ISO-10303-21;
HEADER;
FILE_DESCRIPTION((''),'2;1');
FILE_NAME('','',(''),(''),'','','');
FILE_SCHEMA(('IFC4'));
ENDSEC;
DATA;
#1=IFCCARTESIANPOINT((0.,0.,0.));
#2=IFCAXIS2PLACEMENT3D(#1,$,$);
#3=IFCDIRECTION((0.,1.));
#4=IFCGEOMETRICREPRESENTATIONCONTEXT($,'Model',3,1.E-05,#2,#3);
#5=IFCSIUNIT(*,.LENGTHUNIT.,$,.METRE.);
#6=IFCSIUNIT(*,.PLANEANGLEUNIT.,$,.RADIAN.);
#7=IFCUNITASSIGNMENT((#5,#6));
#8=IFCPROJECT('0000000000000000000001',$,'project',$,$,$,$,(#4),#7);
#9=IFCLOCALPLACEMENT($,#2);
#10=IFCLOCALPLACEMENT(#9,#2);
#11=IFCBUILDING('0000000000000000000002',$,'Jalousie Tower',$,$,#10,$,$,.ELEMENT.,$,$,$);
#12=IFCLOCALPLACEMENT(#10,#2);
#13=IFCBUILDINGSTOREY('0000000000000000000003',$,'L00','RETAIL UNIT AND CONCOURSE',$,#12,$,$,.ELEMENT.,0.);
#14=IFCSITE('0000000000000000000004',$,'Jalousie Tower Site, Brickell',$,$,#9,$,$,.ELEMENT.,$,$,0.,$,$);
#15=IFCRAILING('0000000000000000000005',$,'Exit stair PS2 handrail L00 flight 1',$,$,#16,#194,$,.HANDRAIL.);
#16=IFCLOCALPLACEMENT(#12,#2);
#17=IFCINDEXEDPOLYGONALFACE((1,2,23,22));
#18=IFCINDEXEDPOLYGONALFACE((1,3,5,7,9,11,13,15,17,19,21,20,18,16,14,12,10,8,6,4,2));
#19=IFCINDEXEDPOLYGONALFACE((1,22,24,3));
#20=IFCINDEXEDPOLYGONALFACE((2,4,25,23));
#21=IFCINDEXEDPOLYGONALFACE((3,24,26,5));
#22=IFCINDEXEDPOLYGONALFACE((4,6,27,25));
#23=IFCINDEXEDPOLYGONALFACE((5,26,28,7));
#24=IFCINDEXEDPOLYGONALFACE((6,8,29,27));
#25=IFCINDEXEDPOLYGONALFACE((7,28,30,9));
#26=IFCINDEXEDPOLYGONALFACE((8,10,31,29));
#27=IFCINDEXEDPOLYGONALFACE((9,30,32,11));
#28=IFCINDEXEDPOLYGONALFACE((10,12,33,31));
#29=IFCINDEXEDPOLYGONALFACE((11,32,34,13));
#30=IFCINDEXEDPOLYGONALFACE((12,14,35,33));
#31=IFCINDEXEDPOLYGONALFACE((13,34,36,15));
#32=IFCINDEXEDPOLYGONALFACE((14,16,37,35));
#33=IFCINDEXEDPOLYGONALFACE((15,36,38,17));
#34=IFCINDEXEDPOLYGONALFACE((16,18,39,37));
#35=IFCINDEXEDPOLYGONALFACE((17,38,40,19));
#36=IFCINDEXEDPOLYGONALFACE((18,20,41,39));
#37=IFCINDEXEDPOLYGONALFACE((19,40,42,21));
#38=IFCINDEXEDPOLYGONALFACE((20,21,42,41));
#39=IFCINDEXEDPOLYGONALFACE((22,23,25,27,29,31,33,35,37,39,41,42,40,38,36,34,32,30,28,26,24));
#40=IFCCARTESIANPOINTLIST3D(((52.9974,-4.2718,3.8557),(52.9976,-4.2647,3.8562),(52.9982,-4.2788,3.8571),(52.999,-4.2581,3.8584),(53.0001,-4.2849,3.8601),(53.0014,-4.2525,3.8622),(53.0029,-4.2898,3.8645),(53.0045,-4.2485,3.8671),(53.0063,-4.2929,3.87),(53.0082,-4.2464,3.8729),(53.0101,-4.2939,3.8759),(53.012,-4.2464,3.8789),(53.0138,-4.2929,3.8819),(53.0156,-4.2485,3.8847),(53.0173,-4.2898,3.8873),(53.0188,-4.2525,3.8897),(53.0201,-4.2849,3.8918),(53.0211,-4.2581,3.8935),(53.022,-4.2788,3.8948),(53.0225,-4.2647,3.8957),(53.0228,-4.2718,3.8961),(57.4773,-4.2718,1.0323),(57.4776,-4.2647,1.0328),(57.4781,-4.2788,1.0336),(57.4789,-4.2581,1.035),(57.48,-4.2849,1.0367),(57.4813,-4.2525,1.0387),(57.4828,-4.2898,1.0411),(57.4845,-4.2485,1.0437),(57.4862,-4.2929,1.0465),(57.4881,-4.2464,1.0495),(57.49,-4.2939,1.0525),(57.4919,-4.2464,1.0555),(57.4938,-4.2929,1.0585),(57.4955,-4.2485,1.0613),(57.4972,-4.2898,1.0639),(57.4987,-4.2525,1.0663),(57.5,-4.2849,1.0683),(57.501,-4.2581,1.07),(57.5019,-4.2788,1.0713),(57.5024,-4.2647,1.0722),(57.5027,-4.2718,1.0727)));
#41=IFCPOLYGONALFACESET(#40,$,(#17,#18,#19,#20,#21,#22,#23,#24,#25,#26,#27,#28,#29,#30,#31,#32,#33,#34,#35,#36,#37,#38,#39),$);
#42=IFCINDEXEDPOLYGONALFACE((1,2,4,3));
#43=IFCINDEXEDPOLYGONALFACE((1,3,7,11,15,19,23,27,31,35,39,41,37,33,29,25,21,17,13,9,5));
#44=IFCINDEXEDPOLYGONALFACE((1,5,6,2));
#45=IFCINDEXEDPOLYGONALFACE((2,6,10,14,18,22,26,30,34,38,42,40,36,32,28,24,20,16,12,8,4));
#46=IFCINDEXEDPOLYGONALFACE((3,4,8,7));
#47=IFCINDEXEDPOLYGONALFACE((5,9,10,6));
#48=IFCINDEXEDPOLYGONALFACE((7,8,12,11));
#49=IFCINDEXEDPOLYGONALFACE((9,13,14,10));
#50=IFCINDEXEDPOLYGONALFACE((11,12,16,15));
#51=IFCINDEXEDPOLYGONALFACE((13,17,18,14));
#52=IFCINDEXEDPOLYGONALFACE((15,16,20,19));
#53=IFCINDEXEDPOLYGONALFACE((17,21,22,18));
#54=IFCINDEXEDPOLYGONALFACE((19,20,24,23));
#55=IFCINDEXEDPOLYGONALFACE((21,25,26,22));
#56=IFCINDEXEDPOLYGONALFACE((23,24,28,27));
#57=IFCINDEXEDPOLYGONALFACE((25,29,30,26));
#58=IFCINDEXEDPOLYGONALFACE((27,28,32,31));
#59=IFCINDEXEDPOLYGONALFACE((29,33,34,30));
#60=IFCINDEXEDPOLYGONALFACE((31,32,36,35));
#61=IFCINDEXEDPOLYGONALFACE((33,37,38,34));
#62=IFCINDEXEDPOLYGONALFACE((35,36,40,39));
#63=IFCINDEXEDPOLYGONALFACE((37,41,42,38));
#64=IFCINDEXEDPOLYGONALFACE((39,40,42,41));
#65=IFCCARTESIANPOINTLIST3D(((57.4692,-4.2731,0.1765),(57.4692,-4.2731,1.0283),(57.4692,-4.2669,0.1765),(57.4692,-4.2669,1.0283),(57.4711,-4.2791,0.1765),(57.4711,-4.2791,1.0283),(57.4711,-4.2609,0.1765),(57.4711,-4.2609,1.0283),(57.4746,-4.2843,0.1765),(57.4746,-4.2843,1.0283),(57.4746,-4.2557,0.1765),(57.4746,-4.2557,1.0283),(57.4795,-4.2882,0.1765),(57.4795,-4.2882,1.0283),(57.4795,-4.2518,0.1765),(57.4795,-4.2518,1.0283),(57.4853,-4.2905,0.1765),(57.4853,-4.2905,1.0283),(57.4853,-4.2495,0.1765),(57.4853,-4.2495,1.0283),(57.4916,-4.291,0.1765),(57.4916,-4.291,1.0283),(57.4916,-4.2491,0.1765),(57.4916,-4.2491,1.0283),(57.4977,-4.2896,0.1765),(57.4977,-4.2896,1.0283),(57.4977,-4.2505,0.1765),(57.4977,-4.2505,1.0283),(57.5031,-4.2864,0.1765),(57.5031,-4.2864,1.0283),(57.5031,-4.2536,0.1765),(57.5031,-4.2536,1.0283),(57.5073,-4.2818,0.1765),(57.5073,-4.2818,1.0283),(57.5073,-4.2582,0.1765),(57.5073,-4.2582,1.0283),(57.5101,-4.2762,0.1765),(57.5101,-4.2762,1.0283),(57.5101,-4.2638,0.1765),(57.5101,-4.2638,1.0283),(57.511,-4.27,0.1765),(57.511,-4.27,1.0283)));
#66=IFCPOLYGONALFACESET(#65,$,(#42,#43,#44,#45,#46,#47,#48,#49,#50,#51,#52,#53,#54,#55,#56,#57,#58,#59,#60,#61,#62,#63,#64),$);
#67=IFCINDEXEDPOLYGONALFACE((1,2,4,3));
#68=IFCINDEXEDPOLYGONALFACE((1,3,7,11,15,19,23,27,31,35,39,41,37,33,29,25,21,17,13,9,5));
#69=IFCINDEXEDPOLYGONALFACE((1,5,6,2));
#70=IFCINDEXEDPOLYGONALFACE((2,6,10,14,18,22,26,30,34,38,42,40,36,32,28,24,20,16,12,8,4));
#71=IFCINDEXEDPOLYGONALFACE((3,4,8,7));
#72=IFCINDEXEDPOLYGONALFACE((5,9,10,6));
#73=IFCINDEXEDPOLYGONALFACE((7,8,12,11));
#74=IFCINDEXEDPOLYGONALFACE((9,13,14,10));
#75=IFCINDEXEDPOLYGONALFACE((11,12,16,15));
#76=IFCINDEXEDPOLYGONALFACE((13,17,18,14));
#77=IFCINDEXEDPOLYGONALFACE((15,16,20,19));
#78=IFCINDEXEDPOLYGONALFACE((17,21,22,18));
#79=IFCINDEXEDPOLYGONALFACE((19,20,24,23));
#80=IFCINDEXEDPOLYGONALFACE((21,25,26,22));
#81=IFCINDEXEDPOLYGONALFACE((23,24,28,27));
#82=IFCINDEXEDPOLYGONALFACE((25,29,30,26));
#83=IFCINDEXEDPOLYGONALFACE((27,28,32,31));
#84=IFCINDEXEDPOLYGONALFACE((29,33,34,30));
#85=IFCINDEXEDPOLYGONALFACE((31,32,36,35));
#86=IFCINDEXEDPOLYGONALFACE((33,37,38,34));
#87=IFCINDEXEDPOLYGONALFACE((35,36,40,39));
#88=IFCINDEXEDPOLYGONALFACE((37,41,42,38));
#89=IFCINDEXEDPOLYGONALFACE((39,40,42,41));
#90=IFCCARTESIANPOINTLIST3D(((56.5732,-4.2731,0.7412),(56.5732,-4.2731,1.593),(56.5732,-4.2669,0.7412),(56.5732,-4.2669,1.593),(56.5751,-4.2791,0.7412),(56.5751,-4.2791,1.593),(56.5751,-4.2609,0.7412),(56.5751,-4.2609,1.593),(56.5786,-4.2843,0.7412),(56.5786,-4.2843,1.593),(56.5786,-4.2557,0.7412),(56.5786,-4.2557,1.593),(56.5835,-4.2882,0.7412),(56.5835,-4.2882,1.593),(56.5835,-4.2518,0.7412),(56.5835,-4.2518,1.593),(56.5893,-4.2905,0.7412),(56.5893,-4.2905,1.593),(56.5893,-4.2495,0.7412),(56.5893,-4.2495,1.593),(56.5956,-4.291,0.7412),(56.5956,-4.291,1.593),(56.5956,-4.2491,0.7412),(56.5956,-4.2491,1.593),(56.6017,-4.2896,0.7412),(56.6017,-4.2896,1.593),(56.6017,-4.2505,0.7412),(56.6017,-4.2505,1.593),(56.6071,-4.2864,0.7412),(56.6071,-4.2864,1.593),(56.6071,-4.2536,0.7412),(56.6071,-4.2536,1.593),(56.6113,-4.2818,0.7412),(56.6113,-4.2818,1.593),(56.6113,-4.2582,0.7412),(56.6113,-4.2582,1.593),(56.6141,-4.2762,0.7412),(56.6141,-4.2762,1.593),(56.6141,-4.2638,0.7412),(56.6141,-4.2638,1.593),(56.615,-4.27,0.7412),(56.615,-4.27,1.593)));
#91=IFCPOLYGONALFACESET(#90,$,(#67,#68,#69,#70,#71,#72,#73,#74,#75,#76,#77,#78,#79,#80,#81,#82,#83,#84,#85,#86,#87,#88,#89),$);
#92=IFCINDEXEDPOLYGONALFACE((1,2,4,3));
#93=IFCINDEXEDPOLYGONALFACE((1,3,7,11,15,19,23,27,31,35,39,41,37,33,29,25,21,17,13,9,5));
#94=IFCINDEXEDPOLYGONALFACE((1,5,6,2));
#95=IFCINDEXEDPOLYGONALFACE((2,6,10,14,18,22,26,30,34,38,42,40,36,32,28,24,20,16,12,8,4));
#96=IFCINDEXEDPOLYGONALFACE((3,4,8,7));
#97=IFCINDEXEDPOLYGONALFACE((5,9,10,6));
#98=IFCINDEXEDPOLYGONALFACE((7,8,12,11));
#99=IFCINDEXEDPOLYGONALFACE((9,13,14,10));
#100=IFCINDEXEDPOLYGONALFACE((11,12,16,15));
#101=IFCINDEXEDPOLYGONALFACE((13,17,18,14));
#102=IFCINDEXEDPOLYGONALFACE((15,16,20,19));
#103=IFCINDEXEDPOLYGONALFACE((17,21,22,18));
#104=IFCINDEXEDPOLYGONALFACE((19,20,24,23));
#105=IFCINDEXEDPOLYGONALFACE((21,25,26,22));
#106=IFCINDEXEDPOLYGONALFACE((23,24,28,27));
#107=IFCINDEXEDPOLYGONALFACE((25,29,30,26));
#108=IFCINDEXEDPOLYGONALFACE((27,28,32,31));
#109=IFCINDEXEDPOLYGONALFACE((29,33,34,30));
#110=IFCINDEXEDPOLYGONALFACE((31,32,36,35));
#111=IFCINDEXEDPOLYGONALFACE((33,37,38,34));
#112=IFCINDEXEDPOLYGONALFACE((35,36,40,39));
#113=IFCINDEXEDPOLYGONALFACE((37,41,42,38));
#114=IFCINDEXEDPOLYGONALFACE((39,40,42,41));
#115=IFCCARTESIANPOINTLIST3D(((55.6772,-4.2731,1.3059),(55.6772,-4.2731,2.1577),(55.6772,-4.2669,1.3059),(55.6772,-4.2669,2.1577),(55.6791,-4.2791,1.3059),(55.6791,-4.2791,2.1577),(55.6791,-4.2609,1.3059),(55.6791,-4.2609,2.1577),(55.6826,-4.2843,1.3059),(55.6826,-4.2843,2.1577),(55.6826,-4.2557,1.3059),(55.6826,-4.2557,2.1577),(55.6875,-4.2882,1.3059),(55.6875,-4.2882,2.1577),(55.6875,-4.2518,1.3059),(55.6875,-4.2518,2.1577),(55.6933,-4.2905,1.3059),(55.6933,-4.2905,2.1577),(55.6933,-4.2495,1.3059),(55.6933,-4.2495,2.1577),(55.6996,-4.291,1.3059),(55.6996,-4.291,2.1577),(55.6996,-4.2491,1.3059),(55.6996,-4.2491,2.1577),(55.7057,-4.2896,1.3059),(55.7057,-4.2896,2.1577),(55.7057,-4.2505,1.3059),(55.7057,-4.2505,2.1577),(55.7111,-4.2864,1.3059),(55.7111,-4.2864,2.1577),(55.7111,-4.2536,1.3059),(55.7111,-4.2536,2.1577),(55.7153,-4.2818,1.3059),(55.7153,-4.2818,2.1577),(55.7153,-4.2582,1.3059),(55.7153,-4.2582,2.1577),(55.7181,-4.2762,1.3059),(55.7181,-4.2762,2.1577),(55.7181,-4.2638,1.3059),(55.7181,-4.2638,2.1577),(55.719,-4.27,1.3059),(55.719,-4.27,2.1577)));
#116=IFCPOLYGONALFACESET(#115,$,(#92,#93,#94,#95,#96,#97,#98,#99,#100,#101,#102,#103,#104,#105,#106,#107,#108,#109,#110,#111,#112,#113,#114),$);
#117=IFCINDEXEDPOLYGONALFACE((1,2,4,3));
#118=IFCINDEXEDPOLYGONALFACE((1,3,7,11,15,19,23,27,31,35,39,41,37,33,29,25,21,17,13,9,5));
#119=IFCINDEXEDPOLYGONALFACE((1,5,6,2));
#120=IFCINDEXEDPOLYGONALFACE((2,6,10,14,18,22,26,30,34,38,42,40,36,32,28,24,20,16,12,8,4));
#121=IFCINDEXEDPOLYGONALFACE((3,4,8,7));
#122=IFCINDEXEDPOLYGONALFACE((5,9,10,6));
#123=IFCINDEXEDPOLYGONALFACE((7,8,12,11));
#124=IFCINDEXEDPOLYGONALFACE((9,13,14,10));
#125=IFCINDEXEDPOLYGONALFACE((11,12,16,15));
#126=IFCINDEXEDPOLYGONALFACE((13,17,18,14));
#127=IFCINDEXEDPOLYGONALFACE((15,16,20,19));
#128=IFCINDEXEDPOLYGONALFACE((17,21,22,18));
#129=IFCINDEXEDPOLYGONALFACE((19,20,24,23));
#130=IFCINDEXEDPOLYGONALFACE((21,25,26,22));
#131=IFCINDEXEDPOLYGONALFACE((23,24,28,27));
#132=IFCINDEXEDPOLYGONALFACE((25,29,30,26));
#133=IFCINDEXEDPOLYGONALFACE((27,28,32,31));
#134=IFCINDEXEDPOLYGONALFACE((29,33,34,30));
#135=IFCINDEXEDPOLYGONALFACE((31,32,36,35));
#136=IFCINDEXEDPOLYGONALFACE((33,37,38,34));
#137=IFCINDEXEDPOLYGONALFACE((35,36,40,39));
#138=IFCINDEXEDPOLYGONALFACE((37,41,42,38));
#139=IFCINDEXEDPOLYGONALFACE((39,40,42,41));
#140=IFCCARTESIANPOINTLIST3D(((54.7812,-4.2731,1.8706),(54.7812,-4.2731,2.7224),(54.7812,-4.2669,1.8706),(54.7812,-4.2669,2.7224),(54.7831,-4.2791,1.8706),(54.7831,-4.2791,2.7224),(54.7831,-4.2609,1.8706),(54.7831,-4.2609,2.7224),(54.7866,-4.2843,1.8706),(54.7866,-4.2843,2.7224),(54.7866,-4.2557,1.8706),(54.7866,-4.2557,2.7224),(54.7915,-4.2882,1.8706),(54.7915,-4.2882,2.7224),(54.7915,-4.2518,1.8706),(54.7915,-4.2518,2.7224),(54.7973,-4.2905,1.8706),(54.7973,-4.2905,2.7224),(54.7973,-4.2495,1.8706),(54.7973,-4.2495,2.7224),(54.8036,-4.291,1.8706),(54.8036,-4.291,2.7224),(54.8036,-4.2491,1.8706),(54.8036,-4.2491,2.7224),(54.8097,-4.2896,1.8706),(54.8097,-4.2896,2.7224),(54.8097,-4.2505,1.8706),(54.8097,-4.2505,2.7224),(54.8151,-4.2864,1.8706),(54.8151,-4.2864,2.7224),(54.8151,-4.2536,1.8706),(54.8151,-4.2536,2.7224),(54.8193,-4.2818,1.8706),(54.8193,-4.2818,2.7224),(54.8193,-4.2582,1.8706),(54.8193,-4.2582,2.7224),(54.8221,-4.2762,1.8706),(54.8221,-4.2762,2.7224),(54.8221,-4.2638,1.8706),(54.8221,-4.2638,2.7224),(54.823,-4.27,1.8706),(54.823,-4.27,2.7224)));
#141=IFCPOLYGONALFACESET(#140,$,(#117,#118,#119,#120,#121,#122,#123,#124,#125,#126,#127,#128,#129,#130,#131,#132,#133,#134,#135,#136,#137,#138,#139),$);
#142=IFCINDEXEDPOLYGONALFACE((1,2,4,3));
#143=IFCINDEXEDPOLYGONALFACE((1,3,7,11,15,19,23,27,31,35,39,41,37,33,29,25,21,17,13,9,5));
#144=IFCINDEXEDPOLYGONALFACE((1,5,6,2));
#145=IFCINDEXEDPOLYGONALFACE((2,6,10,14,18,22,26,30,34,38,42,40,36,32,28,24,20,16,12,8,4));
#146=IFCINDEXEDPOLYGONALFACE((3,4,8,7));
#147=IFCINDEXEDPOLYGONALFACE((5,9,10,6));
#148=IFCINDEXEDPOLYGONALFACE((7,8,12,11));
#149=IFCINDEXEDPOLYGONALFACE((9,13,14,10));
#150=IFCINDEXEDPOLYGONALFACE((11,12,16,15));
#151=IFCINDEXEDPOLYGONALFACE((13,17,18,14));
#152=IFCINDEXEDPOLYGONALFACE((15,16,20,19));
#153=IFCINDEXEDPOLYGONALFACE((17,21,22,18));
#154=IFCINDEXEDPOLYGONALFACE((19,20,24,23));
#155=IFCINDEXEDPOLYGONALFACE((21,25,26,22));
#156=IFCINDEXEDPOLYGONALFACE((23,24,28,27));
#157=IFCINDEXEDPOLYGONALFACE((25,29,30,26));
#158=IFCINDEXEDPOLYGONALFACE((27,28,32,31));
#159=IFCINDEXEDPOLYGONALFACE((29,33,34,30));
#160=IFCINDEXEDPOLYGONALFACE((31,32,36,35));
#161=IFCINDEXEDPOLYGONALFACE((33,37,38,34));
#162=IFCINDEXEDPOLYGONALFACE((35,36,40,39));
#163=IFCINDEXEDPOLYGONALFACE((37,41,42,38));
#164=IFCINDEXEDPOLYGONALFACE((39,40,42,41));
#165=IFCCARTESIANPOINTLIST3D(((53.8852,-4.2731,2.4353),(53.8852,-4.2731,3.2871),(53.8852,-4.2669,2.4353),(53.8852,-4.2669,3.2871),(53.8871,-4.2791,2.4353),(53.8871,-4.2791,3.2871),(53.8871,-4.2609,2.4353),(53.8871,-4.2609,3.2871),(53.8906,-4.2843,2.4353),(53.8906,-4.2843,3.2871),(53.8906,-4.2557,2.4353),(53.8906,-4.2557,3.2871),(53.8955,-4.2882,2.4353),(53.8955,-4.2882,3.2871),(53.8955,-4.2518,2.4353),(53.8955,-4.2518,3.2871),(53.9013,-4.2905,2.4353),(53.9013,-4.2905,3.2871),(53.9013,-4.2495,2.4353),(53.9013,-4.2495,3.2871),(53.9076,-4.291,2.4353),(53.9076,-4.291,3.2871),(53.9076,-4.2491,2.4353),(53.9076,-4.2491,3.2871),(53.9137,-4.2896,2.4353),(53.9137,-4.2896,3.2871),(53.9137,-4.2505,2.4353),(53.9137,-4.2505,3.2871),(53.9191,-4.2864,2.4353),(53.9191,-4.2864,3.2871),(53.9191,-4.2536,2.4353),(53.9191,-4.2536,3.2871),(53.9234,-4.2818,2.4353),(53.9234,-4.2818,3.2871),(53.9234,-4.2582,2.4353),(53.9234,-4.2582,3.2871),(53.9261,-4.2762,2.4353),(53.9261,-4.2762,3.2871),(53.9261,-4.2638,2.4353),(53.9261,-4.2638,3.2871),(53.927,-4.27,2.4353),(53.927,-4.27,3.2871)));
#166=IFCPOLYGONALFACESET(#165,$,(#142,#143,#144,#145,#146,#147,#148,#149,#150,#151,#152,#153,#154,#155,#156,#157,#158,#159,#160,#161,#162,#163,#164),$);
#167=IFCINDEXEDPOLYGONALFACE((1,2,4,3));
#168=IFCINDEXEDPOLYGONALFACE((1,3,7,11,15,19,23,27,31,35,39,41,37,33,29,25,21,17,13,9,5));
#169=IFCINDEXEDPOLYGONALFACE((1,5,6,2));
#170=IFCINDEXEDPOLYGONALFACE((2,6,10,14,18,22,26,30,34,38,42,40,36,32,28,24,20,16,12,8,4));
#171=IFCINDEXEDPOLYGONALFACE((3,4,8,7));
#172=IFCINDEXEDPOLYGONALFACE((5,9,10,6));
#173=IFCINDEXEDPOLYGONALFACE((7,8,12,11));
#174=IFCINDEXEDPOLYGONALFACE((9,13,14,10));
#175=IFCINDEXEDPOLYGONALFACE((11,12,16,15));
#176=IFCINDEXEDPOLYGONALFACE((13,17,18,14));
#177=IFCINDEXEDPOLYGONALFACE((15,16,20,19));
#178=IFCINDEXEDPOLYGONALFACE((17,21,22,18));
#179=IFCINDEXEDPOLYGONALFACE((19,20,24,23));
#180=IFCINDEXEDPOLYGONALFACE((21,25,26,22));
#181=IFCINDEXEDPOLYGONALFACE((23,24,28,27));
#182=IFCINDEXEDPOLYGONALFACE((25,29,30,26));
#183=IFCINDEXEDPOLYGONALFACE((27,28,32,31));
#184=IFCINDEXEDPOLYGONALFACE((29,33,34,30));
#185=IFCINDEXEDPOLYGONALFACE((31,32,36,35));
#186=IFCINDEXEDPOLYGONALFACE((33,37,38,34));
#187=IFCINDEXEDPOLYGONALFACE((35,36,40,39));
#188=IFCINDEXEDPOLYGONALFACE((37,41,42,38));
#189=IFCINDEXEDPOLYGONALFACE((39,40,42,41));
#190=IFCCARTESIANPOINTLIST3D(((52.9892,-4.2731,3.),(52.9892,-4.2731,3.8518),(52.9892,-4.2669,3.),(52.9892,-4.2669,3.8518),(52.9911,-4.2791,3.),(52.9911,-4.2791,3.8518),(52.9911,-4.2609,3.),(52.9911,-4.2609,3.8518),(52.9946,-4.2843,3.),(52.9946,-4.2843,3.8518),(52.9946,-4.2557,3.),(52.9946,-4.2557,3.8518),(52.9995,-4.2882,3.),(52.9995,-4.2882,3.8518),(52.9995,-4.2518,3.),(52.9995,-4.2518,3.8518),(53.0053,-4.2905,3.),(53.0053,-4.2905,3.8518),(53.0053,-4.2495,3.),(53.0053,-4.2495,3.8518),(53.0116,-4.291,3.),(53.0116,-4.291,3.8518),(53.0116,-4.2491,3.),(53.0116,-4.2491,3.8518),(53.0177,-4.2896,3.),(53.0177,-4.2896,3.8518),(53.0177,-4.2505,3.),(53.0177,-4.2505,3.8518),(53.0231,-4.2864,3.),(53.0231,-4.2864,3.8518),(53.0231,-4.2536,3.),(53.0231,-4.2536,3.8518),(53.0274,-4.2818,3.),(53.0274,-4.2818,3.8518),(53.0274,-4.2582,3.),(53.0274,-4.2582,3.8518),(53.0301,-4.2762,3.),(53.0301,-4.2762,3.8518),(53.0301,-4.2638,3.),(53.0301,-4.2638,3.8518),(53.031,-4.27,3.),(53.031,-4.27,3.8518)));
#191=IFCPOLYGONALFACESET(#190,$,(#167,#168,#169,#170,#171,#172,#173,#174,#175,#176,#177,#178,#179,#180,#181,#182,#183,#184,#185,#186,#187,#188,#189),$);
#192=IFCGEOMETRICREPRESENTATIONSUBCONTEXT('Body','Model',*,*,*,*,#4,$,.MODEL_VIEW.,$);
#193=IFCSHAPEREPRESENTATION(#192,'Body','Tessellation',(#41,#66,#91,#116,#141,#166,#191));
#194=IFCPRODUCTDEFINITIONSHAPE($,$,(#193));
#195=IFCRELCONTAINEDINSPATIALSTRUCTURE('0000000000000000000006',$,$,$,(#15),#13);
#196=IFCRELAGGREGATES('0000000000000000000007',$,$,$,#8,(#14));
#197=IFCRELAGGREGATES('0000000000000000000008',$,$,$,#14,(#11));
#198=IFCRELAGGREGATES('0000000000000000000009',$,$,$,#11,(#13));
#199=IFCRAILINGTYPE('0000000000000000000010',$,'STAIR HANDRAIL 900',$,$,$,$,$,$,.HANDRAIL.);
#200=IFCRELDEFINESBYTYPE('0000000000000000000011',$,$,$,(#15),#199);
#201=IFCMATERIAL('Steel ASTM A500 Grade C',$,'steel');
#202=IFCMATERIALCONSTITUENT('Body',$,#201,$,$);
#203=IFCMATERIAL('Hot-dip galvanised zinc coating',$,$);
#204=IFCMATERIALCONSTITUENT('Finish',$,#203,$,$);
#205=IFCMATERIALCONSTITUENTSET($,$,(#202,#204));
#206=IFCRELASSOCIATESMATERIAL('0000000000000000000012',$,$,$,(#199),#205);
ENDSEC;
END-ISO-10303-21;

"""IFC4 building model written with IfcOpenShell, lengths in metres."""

from ifc_helpers import new_model, si_unit, direction, frame, origin, origin_2d, place, context, subcontext, project, spatial, circle, extrude, material, constituent, constituent_set, type_object, element, save


model = new_model("IFC4")

# Units and contexts
model_context = context("Model", 3, precision=1e-05, world=origin(), true_north=direction((0.0, 1.0)))
body_context = subcontext(model_context, "Body", "Model", "MODEL_VIEW")
ifc_project = project(units=[si_unit("LENGTHUNIT", "METRE"), si_unit("PLANEANGLEUNIT", "RADIAN")], contexts=[model_context])

# Site, building, storey
site_placement = place(None, origin())
site = spatial("IfcSite", under=ifc_project, at=site_placement, Name="Jalousie Tower Site, Brickell", CompositionType="ELEMENT", RefElevation=0.0)
building_placement = place(site_placement, origin())
building = spatial("IfcBuilding", under=site, at=building_placement, Name="Jalousie Tower", CompositionType="ELEMENT")
storey_placement = place(building_placement, origin())
storey = spatial("IfcBuildingStorey", under=building, at=storey_placement, Name="L00", Description="RETAIL UNIT AND CONCOURSE", CompositionType="ELEMENT", Elevation=0.0)

# Railing
ifc_material_1 = material(Name="Steel ASTM A500 Grade C", Category="steel")
ifc_constituent_1 = constituent(ifc_material_1, Name="Body")
ifc_material_2 = material(Name="Hot-dip galvanised zinc coating")
ifc_constituent_2 = constituent(ifc_material_2, Name="Finish")
ifc_constituent_set_1 = constituent_set(constituents=[ifc_constituent_1, ifc_constituent_2])
railing_type_1 = type_object("IfcRailingType", Name="STAIR HANDRAIL 900", PredefinedType="HANDRAIL", material=ifc_constituent_set_1)
railing_1_placement = place(storey_placement, frame((57.49, -4.27, 0.1765)))
element("IfcRailing", 1, at=railing_1_placement, inside=storey, type_object=railing_type_1, Name="Exit stair PS2 handrail L00 flight 1", PredefinedType="HANDRAIL", context=body_context, shape_type="SweptSolid", body=[
    extrude(circle(Radius=0.0239, at=origin_2d()), frame((0.0, 0.0, 0.876), z_axis=(-0.845998, 0.0, 0.533186), x_axis=(0.0, -1.0, 0.0)), (0.0, 0.0, 1.0), 5.2954),
    extrude(circle(Radius=0.021, at=origin_2d()), origin(), (0.0, 0.0, 1.0), 0.8518),
    extrude(circle(Radius=0.021, at=origin_2d()), frame((-0.896, 0.0, 0.5647)), (0.0, 0.0, 1.0), 0.8518),
    extrude(circle(Radius=0.021, at=origin_2d()), frame((-1.792, 0.0, 1.1294)), (0.0, 0.0, 1.0), 0.8518),
    extrude(circle(Radius=0.021, at=origin_2d()), frame((-2.688, 0.0, 1.6941)), (0.0, 0.0, 1.0), 0.8518),
    extrude(circle(Radius=0.021, at=origin_2d()), frame((-3.584, 0.0, 2.2588)), (0.0, 0.0, 1.0), 0.8518),
    extrude(circle(Radius=0.021, at=origin_2d()), frame((-4.48, 0.0, 2.8235)), (0.0, 0.0, 1.0), 0.8518),
])

save(model, "model.ifc")
